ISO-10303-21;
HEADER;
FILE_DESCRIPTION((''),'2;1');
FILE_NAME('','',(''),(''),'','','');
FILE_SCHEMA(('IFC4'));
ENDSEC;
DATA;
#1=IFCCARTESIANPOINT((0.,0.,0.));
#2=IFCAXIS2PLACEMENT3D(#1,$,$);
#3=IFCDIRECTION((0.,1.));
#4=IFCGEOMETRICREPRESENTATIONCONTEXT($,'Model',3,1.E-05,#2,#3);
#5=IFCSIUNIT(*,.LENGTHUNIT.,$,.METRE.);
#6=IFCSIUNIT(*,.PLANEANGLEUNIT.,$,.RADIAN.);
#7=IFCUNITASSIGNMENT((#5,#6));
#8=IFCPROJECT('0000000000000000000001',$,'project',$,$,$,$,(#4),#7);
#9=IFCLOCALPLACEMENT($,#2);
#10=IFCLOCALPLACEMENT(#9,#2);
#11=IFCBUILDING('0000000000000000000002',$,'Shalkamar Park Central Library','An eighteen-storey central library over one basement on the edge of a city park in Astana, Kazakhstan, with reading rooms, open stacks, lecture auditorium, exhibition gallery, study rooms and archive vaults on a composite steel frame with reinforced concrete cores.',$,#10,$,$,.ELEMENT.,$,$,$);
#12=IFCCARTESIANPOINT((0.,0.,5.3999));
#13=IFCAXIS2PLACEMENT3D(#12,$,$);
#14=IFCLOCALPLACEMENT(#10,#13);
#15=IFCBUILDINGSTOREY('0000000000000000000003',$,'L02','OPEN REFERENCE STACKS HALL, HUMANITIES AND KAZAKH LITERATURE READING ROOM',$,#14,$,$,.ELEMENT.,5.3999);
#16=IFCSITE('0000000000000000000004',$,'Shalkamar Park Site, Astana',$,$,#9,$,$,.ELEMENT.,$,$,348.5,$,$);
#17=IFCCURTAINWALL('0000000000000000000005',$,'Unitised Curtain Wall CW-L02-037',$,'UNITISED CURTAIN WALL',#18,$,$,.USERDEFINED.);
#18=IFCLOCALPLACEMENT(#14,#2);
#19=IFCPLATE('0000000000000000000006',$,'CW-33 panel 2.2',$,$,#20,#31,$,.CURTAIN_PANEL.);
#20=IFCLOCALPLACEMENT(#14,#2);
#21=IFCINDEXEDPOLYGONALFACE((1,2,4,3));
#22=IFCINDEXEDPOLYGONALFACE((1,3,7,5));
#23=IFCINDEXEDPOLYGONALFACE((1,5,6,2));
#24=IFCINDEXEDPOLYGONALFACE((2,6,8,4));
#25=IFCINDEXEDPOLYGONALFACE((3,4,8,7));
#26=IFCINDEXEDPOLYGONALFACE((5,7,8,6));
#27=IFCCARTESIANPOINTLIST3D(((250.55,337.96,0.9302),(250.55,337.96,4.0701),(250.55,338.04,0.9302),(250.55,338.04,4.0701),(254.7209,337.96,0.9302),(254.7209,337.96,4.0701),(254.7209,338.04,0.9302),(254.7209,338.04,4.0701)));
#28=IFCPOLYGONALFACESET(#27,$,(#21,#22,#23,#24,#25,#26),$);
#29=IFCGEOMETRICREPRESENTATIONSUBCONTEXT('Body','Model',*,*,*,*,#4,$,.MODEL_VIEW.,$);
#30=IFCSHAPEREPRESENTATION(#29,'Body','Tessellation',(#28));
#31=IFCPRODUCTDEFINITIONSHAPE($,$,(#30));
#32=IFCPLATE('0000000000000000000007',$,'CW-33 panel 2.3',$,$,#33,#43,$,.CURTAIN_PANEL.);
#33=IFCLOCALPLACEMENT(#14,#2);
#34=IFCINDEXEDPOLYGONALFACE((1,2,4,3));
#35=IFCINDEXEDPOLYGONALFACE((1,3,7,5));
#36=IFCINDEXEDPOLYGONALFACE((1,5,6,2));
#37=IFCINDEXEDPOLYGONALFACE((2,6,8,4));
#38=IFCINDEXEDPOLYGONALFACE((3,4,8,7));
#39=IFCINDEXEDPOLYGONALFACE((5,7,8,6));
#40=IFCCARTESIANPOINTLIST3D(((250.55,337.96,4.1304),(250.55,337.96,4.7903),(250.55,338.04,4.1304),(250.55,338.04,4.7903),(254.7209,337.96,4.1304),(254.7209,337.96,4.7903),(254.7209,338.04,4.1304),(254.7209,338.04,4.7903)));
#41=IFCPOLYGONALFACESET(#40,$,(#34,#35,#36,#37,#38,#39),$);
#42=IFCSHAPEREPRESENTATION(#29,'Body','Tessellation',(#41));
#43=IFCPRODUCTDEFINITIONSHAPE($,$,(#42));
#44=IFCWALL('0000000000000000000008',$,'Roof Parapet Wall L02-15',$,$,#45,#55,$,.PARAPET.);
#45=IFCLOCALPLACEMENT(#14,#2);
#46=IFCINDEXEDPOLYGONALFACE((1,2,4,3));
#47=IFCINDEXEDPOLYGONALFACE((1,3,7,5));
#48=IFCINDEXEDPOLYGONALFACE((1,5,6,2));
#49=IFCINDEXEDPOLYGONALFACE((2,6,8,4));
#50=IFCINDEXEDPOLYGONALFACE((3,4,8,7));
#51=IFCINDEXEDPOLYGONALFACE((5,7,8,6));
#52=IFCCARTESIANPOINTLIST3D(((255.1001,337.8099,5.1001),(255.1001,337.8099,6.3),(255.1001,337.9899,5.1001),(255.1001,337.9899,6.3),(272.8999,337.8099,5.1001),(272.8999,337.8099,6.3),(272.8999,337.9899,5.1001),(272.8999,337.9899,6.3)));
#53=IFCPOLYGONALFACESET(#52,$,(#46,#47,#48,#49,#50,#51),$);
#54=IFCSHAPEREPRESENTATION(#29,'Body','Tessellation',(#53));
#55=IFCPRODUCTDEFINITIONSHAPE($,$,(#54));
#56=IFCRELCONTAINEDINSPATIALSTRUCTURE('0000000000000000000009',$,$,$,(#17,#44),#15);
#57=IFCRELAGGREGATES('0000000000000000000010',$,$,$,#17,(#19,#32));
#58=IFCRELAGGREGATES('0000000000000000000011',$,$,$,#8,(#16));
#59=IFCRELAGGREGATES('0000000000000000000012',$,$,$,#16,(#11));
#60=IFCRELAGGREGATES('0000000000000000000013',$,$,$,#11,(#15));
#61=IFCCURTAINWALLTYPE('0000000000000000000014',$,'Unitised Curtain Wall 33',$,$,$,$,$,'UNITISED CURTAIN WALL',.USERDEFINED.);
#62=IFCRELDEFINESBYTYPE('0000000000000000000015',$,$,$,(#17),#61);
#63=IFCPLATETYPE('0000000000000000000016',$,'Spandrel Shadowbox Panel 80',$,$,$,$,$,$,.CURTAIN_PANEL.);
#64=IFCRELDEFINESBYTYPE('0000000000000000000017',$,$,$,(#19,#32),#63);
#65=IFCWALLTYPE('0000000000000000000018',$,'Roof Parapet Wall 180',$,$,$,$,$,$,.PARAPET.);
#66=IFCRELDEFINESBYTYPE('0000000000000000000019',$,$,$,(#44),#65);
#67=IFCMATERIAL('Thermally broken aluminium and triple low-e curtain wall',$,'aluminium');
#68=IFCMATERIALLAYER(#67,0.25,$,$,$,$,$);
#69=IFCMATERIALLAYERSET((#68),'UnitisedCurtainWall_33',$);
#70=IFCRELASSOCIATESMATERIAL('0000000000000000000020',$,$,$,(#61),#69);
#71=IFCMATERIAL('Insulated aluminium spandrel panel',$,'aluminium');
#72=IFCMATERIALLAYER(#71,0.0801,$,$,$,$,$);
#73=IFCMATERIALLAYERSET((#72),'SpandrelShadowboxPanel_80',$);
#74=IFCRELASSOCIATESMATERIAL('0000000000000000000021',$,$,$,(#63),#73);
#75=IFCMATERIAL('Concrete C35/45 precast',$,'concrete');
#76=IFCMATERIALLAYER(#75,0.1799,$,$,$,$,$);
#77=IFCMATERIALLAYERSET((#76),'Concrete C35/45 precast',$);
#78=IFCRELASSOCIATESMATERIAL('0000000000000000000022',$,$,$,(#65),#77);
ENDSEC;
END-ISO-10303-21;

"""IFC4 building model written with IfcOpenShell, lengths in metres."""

from ifc_helpers import new_model, si_unit, direction, frame, frame_2d, origin, origin_2d, place, context, subcontext, project, spatial, rectangle, extrude, material, layer, layer_set, type_object, element, aggregate, save


model = new_model("IFC4")

# Units and contexts
model_context = context("Model", 3, precision=1e-05, world=origin(), true_north=direction((0.0, 1.0)))
body_context = subcontext(model_context, "Body", "Model", "MODEL_VIEW")
ifc_project = project(units=[si_unit("LENGTHUNIT", "METRE"), si_unit("PLANEANGLEUNIT", "RADIAN")], contexts=[model_context])

# Site, building, storey
site_placement = place(None, origin())
site = spatial("IfcSite", under=ifc_project, at=site_placement, Name="Shalkamar Park Site, Astana", CompositionType="ELEMENT", RefElevation=348.5)
building_placement = place(site_placement, origin())
building = spatial("IfcBuilding", under=site, at=building_placement, Name="Shalkamar Park Central Library", Description="An eighteen-storey central library over one basement on the edge of a city park in Astana, Kazakhstan, with reading rooms, open stacks, lecture auditorium, exhibition gallery, study rooms and archive vaults on a composite steel frame with reinforced concrete cores.", CompositionType="ELEMENT")
storey_placement = place(building_placement, frame((0.0, 0.0, 5.3999)))
storey = spatial("IfcBuildingStorey", under=building, at=storey_placement, Name="L02", Description="OPEN REFERENCE STACKS HALL, HUMANITIES AND KAZAKH LITERATURE READING ROOM", CompositionType="ELEMENT", Elevation=5.3999)

# Curtain wall
ifc_material_1 = material(Name="Thermally broken aluminium and triple low-e curtain wall", Category="aluminium")
ifc_layer_1 = layer(ifc_material_1, 0.25)
ifc_layer_set_1 = layer_set([ifc_layer_1], Name="UnitisedCurtainWall_33")
curtain_wall_type_1 = type_object("IfcCurtainWallType", Name="Unitised Curtain Wall 33", ElementType="UNITISED CURTAIN WALL", PredefinedType="USERDEFINED", material=ifc_layer_set_1)
curtain_wall_1_placement = place(storey_placement, origin())
curtain_wall_1 = element("IfcCurtainWall", 1, at=curtain_wall_1_placement, inside=storey, type_object=curtain_wall_type_1, Name="Unitised Curtain Wall CW-L02-037", ObjectType="UNITISED CURTAIN WALL", PredefinedType="USERDEFINED")

# Plates
ifc_material_2 = material(Name="Insulated aluminium spandrel panel", Category="aluminium")
ifc_layer_2 = layer(ifc_material_2, 0.0801)
ifc_layer_set_2 = layer_set([ifc_layer_2], Name="SpandrelShadowboxPanel_80")
plate_type_1 = type_object("IfcPlateType", Name="Spandrel Shadowbox Panel 80", PredefinedType="CURTAIN_PANEL", material=ifc_layer_set_2)
plate_1_placement = place(storey_placement, frame((252.6355, 338.0, 0.9302), z_axis=(0.0, 0.0, 1.0), x_axis=(1.0, 0.0, 0.0)))
plate_1 = element("IfcPlate", 2, at=plate_1_placement, type_object=plate_type_1, Name="CW-33 panel 2.2", PredefinedType="CURTAIN_PANEL", context=body_context, shape_type="SweptSolid", body=[
    extrude(rectangle(XDim=4.1709, YDim=0.0801, at=origin_2d()), origin(), (0.0, 0.0, 1.0), 3.1399),
])
plate_2_placement = place(storey_placement, frame((252.6355, 338.0, 4.1304), z_axis=(0.0, 0.0, 1.0), x_axis=(1.0, 0.0, 0.0)))
plate_2 = element("IfcPlate", 3, at=plate_2_placement, type_object=plate_type_1, Name="CW-33 panel 2.3", PredefinedType="CURTAIN_PANEL", context=body_context, shape_type="SweptSolid", body=[
    extrude(rectangle(XDim=4.1709, YDim=0.0801, at=origin_2d()), origin(), (0.0, 0.0, 1.0), 0.6599),
])
aggregate(curtain_wall_1, [plate_1, plate_2])

# Wall
ifc_material_3 = material(Name="Concrete C35/45 precast", Category="concrete")
ifc_layer_3 = layer(ifc_material_3, 0.1799)
ifc_layer_set_3 = layer_set([ifc_layer_3], Name="Concrete C35/45 precast")
wall_type = type_object("IfcWallType", Name="Roof Parapet Wall 180", PredefinedType="PARAPET", material=ifc_layer_set_3)
wall_placement = place(storey_placement, frame((255.1001, 337.8999, 5.1001), z_axis=(0.0, 0.0, 1.0), x_axis=(1.0, 0.0, 0.0)))
element("IfcWall", 4, at=wall_placement, inside=storey, type_object=wall_type, Name="Roof Parapet Wall L02-15", PredefinedType="PARAPET", context=body_context, shape_type="SweptSolid", body=[
    extrude(rectangle(XDim=17.7998, YDim=0.1799, at=frame_2d((8.8999, 0.0))), origin(), (0.0, 0.0, 1.0), 1.2),
])

save(model, "model.ifc")
